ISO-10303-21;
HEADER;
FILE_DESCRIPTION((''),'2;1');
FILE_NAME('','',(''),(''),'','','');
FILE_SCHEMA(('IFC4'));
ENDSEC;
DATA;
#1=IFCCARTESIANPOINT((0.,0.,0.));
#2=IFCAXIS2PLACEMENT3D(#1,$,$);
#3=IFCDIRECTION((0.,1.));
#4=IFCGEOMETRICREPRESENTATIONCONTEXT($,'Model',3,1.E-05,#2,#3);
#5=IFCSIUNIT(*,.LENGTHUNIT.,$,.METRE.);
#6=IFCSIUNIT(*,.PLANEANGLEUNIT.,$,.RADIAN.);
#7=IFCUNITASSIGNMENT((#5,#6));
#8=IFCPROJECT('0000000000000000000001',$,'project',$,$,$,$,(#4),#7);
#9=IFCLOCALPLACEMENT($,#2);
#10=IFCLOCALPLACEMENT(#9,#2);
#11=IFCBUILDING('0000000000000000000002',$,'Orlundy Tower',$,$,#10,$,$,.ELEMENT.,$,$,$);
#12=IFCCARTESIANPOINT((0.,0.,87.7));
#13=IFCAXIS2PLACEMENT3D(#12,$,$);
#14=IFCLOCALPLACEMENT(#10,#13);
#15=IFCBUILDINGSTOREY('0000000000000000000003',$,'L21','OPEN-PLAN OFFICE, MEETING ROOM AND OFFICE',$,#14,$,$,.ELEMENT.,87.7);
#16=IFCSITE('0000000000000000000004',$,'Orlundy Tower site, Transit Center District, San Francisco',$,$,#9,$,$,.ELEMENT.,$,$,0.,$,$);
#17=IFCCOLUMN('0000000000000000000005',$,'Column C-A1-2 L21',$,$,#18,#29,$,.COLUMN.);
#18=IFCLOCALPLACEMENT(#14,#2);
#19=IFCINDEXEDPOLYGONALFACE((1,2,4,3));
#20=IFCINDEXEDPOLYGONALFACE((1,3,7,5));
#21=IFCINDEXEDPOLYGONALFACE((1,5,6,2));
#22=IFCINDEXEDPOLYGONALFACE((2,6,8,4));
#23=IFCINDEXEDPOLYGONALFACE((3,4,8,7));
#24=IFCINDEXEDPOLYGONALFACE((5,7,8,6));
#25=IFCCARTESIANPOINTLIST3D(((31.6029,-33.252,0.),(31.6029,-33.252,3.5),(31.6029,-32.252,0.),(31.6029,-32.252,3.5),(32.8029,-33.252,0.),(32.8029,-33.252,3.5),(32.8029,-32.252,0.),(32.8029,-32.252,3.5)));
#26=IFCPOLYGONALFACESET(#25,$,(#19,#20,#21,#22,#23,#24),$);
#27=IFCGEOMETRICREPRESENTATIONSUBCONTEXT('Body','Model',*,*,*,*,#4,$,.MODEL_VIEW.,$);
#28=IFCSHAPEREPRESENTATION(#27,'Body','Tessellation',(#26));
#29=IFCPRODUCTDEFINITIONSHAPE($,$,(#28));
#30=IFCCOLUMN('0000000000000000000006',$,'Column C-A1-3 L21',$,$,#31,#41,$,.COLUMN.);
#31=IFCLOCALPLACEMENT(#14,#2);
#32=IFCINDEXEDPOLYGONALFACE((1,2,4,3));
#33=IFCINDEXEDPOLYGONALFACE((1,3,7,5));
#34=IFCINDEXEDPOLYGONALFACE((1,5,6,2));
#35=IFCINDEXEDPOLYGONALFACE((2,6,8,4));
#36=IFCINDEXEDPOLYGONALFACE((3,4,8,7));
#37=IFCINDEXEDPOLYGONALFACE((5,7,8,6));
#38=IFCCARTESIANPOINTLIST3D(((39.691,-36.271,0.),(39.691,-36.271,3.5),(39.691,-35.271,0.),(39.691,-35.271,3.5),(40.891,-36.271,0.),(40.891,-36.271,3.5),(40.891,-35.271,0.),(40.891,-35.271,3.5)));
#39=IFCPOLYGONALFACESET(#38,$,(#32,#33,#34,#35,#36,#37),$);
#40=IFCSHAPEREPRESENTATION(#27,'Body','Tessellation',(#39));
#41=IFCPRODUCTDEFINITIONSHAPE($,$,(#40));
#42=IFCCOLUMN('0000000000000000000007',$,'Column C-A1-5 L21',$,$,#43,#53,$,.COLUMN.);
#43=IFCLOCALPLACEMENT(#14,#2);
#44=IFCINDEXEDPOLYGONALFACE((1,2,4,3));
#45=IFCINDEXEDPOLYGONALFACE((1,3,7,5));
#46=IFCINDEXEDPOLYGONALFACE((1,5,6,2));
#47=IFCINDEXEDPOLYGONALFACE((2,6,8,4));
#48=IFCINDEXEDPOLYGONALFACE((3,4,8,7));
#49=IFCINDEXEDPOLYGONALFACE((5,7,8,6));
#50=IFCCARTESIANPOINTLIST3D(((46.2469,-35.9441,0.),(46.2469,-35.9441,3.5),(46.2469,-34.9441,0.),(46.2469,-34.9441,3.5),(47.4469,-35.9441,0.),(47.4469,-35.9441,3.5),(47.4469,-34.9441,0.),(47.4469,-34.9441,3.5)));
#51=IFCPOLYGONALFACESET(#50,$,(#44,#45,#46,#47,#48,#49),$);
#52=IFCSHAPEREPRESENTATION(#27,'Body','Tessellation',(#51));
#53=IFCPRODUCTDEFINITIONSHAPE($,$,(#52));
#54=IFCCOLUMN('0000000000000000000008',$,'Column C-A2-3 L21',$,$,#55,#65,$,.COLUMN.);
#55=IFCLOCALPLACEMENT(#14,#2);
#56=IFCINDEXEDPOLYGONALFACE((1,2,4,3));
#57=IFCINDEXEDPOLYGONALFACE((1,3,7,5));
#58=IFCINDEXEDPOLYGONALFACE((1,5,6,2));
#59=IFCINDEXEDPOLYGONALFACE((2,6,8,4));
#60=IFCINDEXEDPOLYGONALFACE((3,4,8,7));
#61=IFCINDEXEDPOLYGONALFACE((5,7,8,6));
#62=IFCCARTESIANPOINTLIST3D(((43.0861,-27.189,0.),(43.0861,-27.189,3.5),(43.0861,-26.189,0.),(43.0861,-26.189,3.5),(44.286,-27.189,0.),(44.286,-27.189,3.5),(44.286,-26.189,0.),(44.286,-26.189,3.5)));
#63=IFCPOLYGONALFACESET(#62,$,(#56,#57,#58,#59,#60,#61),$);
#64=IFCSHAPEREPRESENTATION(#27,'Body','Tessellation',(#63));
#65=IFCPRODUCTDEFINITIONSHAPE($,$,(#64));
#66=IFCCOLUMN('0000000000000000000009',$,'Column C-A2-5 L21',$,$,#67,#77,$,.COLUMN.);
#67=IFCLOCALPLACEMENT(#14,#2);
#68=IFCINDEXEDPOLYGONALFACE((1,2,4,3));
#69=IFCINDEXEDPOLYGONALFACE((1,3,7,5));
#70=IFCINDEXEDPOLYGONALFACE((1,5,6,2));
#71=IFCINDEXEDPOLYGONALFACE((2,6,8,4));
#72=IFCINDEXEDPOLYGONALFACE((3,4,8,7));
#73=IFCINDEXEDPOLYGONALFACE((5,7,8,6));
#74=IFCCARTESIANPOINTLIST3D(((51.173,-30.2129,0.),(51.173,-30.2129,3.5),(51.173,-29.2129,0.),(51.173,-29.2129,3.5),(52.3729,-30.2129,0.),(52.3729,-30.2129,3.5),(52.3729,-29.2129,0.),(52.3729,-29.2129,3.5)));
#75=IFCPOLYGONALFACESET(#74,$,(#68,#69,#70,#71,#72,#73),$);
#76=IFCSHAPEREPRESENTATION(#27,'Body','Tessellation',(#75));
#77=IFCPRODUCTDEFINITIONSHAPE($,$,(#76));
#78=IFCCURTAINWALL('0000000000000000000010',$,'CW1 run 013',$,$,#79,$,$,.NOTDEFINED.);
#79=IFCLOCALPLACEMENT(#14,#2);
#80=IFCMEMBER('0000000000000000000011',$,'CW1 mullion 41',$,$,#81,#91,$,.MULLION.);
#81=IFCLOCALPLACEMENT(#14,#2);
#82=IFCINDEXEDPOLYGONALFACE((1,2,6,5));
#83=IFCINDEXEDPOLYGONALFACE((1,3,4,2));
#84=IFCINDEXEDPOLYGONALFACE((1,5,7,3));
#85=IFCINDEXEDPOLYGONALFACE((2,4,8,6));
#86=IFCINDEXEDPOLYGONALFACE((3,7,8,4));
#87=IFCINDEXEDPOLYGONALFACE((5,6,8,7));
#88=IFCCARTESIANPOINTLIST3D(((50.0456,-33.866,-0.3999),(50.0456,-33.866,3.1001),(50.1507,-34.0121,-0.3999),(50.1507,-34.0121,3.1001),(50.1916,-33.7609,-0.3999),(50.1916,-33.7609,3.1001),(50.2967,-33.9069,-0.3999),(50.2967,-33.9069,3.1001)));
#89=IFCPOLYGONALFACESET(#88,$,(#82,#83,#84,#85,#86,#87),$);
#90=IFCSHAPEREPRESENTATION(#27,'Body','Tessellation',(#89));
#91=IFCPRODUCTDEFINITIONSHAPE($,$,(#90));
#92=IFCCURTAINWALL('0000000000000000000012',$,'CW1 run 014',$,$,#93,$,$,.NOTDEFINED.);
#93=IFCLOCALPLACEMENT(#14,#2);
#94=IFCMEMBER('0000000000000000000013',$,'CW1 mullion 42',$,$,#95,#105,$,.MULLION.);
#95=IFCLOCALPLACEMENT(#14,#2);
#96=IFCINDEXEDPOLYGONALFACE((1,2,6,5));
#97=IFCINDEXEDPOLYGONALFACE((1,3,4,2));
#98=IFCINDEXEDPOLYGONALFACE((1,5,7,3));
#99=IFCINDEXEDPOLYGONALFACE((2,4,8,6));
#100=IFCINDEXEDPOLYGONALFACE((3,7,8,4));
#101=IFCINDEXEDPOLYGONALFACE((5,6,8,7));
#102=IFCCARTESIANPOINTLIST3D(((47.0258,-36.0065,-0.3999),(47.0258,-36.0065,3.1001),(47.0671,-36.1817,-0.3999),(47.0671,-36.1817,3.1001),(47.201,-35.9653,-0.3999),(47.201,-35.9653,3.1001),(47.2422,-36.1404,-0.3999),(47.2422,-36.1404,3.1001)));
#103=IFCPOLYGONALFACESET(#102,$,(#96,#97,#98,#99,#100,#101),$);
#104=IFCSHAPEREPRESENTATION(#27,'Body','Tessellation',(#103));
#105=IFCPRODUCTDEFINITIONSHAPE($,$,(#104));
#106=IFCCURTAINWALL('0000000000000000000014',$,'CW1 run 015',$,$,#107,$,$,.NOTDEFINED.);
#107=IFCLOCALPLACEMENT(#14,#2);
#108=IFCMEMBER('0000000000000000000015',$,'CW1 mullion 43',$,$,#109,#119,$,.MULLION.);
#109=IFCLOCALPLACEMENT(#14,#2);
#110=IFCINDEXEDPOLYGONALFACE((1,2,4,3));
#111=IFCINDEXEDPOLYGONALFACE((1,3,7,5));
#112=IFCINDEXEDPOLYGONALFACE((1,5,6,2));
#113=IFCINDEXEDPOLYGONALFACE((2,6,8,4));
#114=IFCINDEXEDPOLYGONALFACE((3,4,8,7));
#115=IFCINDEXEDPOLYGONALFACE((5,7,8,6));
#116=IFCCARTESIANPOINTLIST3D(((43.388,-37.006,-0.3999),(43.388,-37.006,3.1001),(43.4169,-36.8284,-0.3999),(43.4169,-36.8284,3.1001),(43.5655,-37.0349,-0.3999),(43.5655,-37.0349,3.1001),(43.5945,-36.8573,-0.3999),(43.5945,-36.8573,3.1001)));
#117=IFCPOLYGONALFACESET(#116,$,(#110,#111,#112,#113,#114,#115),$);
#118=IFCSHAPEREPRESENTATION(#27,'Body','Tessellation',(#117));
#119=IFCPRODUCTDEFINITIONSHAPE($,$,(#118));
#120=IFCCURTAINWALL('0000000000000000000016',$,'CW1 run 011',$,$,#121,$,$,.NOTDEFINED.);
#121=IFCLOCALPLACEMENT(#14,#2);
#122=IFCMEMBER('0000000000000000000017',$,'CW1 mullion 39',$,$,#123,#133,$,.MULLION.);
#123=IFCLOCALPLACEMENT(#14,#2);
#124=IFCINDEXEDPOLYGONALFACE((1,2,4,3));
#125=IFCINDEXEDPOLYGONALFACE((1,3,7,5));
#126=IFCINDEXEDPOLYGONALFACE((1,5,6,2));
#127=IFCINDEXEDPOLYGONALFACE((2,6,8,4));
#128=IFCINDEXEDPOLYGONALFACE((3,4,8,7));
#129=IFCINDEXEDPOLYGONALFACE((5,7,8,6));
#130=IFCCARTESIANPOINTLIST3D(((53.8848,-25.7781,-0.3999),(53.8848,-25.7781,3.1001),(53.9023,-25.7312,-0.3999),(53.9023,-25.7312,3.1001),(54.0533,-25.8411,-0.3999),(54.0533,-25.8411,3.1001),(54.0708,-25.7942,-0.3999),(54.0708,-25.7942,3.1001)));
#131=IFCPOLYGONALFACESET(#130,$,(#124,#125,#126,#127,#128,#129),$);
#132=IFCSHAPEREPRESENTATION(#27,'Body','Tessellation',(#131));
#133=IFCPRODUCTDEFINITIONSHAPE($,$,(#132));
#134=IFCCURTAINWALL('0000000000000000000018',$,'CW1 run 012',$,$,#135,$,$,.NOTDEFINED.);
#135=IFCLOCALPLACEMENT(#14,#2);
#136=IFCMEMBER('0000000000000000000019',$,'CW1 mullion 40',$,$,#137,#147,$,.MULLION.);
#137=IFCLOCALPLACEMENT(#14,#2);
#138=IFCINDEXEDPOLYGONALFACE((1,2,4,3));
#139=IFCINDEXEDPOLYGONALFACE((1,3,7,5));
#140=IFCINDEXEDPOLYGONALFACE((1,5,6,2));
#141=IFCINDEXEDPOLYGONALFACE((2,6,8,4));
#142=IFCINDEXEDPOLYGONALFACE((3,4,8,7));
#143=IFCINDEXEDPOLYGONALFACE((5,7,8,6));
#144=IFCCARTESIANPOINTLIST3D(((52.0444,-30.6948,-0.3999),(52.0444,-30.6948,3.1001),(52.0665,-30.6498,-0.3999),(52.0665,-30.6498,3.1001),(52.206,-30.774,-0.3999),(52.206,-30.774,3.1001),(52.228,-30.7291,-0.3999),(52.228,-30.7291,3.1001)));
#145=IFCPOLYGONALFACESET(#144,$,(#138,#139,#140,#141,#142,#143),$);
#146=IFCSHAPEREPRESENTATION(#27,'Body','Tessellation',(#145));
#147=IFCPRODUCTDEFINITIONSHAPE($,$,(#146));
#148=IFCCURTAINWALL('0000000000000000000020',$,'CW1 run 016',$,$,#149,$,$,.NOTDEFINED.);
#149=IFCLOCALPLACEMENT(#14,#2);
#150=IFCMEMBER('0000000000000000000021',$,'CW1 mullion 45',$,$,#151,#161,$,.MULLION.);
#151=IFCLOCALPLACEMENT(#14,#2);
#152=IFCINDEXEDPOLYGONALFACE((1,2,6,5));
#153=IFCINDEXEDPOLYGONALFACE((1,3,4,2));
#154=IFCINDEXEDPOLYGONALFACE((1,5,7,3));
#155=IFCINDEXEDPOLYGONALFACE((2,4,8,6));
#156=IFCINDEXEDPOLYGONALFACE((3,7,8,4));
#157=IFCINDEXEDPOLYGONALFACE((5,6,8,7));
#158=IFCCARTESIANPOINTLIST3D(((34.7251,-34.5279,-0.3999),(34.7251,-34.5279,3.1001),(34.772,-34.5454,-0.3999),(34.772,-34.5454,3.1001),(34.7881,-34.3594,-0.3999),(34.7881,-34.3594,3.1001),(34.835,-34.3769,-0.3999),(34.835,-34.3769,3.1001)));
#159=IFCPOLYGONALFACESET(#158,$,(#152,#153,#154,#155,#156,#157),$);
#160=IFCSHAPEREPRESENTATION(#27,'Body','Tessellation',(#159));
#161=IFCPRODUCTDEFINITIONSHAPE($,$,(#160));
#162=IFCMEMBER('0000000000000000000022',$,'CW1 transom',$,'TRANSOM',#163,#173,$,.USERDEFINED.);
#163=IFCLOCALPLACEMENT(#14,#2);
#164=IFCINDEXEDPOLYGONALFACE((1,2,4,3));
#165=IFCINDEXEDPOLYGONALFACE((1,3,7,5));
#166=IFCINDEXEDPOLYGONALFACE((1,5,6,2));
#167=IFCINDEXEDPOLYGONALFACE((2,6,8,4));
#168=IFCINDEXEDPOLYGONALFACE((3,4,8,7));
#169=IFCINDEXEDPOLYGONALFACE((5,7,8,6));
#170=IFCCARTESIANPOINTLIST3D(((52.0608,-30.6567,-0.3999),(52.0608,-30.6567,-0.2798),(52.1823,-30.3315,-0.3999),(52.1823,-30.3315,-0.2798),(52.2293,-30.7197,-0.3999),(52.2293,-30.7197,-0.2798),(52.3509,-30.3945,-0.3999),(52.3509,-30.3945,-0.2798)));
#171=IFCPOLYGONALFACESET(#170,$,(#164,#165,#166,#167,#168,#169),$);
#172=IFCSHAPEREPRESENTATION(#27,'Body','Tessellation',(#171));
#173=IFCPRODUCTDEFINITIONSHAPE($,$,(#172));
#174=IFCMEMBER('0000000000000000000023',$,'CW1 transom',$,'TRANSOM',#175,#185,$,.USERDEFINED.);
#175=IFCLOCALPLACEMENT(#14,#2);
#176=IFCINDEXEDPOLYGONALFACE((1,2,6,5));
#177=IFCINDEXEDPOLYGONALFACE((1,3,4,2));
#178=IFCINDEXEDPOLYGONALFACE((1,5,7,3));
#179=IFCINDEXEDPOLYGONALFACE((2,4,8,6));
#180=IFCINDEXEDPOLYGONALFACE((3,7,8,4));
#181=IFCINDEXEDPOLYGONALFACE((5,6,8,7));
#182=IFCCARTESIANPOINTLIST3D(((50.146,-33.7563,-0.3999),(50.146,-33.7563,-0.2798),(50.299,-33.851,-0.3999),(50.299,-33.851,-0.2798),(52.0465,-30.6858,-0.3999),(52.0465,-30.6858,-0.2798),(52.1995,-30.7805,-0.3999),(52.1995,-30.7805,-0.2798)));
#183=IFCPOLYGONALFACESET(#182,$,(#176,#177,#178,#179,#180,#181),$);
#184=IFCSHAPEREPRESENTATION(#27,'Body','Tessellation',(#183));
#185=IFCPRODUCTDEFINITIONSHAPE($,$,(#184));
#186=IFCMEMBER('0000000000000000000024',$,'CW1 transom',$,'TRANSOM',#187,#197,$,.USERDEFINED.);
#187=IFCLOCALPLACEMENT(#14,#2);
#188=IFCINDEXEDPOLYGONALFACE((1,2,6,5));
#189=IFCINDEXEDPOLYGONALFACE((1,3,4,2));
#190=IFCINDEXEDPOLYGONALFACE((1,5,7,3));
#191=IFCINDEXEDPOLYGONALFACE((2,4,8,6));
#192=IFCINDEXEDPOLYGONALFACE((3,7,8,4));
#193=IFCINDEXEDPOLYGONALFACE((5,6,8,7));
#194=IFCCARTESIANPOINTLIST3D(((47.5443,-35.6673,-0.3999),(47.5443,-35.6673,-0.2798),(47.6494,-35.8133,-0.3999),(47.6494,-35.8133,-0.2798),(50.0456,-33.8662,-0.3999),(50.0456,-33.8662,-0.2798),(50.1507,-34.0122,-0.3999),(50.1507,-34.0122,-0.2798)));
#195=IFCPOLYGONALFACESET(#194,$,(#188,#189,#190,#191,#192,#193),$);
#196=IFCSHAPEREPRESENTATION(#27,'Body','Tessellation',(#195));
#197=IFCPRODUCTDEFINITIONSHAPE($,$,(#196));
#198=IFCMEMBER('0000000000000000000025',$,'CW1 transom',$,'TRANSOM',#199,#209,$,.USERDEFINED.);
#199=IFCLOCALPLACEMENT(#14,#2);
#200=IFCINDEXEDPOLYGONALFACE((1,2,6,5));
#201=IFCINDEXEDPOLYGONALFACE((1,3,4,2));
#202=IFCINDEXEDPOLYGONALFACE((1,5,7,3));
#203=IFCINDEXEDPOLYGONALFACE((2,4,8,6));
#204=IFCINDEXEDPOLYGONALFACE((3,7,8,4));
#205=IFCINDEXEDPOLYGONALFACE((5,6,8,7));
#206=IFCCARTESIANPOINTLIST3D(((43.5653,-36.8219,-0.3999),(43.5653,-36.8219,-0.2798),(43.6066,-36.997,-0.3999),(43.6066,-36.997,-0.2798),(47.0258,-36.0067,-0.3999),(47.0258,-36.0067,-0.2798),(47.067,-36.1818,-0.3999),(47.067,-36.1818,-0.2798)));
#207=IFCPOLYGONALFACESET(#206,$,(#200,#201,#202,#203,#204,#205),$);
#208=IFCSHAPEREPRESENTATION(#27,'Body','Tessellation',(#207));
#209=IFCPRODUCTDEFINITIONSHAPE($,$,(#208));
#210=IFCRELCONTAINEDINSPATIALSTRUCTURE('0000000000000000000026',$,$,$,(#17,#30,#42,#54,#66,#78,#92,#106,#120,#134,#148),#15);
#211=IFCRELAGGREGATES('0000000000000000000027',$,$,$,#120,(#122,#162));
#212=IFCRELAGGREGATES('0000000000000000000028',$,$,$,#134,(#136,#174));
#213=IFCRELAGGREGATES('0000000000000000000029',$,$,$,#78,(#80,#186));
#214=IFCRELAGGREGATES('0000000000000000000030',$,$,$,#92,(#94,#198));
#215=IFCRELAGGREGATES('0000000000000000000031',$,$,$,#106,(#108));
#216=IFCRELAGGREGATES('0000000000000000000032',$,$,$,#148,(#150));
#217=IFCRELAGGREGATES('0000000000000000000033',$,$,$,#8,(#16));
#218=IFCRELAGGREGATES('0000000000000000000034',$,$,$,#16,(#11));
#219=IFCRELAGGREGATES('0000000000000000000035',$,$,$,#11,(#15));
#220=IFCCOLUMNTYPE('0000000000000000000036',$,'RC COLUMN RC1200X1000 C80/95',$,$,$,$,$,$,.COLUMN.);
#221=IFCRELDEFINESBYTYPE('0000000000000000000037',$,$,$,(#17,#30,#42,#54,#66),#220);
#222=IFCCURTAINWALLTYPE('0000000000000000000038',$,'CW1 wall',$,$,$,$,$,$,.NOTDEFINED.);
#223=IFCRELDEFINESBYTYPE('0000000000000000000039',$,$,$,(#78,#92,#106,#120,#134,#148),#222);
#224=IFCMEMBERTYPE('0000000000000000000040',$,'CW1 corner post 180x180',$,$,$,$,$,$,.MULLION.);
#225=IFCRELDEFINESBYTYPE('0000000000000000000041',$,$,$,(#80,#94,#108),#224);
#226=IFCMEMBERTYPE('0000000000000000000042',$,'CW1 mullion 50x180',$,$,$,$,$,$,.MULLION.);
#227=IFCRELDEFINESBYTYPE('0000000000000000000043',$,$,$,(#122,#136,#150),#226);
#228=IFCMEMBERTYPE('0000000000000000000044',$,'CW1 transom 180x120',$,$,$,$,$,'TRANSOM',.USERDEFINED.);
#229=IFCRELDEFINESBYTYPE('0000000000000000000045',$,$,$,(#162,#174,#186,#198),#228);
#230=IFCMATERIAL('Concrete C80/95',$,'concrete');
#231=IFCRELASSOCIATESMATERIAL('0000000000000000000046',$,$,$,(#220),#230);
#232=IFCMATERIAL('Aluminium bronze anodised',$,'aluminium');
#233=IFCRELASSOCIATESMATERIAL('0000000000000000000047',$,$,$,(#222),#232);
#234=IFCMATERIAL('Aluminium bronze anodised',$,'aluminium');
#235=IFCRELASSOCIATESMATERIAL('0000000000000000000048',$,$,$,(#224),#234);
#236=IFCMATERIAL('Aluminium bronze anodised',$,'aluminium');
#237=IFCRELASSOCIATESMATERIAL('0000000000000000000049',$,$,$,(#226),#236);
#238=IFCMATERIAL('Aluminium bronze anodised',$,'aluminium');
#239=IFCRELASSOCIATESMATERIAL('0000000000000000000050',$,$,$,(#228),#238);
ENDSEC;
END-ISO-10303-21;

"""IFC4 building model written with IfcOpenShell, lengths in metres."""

from ifc_helpers import new_model, si_unit, direction, frame, origin, origin_2d, place, context, subcontext, project, spatial, rectangle, extrude, material, material_profile, profile_set, type_object, element, aggregate, save


model = new_model("IFC4")

# Units and contexts
model_context = context("Model", 3, precision=1e-05, world=origin(), true_north=direction((0.0, 1.0)))
body_context = subcontext(model_context, "Body", "Model", "MODEL_VIEW")
ifc_project = project(units=[si_unit("LENGTHUNIT", "METRE"), si_unit("PLANEANGLEUNIT", "RADIAN")], contexts=[model_context])

# Site, building, storey
site_placement = place(None, origin())
site = spatial("IfcSite", under=ifc_project, at=site_placement, Name="Orlundy Tower site, Transit Center District, San Francisco", CompositionType="ELEMENT", RefElevation=0.0)
building_placement = place(site_placement, origin())
building = spatial("IfcBuilding", under=site, at=building_placement, Name="Orlundy Tower", CompositionType="ELEMENT")
storey_placement = place(building_placement, frame((0.0, 0.0, 87.7)))
storey = spatial("IfcBuildingStorey", under=building, at=storey_placement, Name="L21", Description="OPEN-PLAN OFFICE, MEETING ROOM AND OFFICE", CompositionType="ELEMENT", Elevation=87.7)

# Columns
ifc_material_1 = material(Name="Concrete C80/95", Category="concrete")
ifc_material_profile_1 = material_profile(ifc_material_1, rectangle(XDim=1.2, YDim=1.0, at=origin_2d()), Name="RC1200X1000")
ifc_profile_set_1 = profile_set([ifc_material_profile_1], Name="Concrete C80/95")
column_type = type_object("IfcColumnType", Name="RC COLUMN RC1200X1000 C80/95", PredefinedType="COLUMN", material=ifc_profile_set_1)
for number, where, z_axis, x_axis, name in (
    (1, (32.2029, -32.752, 0.0), (0.0, 0.0, 1.0), (1.0, 0.0, 0.0), "Column C-A1-2 L21"),
    (2, (40.291, -35.771, 0.0), (0.0, 0.0, 1.0), (1.0, 0.0, 0.0), "Column C-A1-3 L21"),
    (3, (46.8469, -35.4441, 0.0), (0.0, 0.0, 1.0), (1.0, 0.0, 0.0), "Column C-A1-5 L21"),
    (4, (43.686, -26.689, 0.0), (0.0, 0.0, 1.0), (1.0, 0.0, 0.0), "Column C-A2-3 L21"),
    (5, (51.7729, -29.7129, 0.0), (0.0, 0.0, 1.0), (1.0, 0.0, 0.0), "Column C-A2-5 L21"),
):
    element("IfcColumn", number, at=place(storey_placement, frame(where, z_axis=z_axis, x_axis=x_axis)), inside=storey, type_object=column_type, Name=name, PredefinedType="COLUMN", context=body_context, shape_type="SweptSolid", body=[
        extrude(rectangle(XDim=1.2, YDim=1.0, at=origin_2d()), origin(), (0.0, 0.0, 1.0), 3.5),
    ])

# Curtain walls, members
ifc_material_2 = material(Name="Aluminium bronze anodised", Category="aluminium")
curtain_wall_type = type_object("IfcCurtainWallType", Name="CW1 wall", PredefinedType="NOTDEFINED", material=ifc_material_2)
curtain_wall_1_placement = place(storey_placement, origin())
curtain_wall_1 = element("IfcCurtainWall", 6, at=curtain_wall_1_placement, inside=storey, type_object=curtain_wall_type, Name="CW1 run 013", PredefinedType="NOTDEFINED")
ifc_material_3 = material(Name="Aluminium bronze anodised", Category="aluminium")
ifc_material_profile_2 = material_profile(ifc_material_3, rectangle(XDim=0.1799, YDim=0.1799, at=origin_2d()), Name="CW1 corner post 180x180")
ifc_profile_set_2 = profile_set([ifc_material_profile_2], Name="Aluminium bronze anodised")
member_type_1 = type_object("IfcMemberType", Name="CW1 corner post 180x180", PredefinedType="MULLION", material=ifc_profile_set_2)
member_1_placement = place(storey_placement, frame((50.1711, -33.8865, -0.3999), z_axis=(0.0, 0.0, 1.0), x_axis=(0.584347, -0.811504, 0.0)))
member_1 = element("IfcMember", 7, at=member_1_placement, type_object=member_type_1, Name="CW1 mullion 41", PredefinedType="MULLION", context=body_context, shape_type="SweptSolid", body=[
    extrude(rectangle(XDim=0.1799, YDim=0.1799, at=origin_2d()), origin(), (0.0, 0.0, 1.0), 3.5),
])
curtain_wall_2_placement = place(storey_placement, origin())
curtain_wall_2 = element("IfcCurtainWall", 8, at=curtain_wall_2_placement, inside=storey, type_object=curtain_wall_type, Name="CW1 run 014", PredefinedType="NOTDEFINED")
member_2_placement = place(storey_placement, frame((47.134, -36.0735, -0.3999), z_axis=(0.0, 0.0, 1.0), x_axis=(0.22931, -0.973353, 0.0)))
member_2 = element("IfcMember", 9, at=member_2_placement, type_object=member_type_1, Name="CW1 mullion 42", PredefinedType="MULLION", context=body_context, shape_type="SweptSolid", body=[
    extrude(rectangle(XDim=0.1799, YDim=0.1799, at=origin_2d()), origin(), (0.0, 0.0, 1.0), 3.5),
])
curtain_wall_3_placement = place(storey_placement, origin())
curtain_wall_3 = element("IfcCurtainWall", 10, at=curtain_wall_3_placement, inside=storey, type_object=curtain_wall_type, Name="CW1 run 015", PredefinedType="NOTDEFINED")
member_3_placement = place(storey_placement, frame((43.4912, -36.9316, -0.3999), z_axis=(0.0, 0.0, 1.0), x_axis=(-0.160767, -0.986992, 0.0)))
member_3 = element("IfcMember", 11, at=member_3_placement, type_object=member_type_1, Name="CW1 mullion 43", PredefinedType="MULLION", context=body_context, shape_type="SweptSolid", body=[
    extrude(rectangle(XDim=0.1799, YDim=0.1799, at=origin_2d()), origin(), (0.0, 0.0, 1.0), 3.5),
])
curtain_wall_4_placement = place(storey_placement, origin())
curtain_wall_4 = element("IfcCurtainWall", 12, at=curtain_wall_4_placement, inside=storey, type_object=curtain_wall_type, Name="CW1 run 011", PredefinedType="NOTDEFINED")
ifc_material_4 = material(Name="Aluminium bronze anodised", Category="aluminium")
ifc_material_profile_3 = material_profile(ifc_material_4, rectangle(XDim=0.1799, YDim=0.05, at=origin_2d()), Name="CW1 mullion 50x180")
ifc_profile_set_3 = profile_set([ifc_material_profile_3], Name="Aluminium bronze anodised")
member_type_2 = type_object("IfcMemberType", Name="CW1 mullion 50x180", PredefinedType="MULLION", material=ifc_profile_set_3)
member_4_placement = place(storey_placement, frame((53.9778, -25.7861, -0.3999), z_axis=(0.0, 0.0, 1.0), x_axis=(0.936677, -0.350194, 0.0)))
member_4 = element("IfcMember", 13, at=member_4_placement, type_object=member_type_2, Name="CW1 mullion 39", PredefinedType="MULLION", context=body_context, shape_type="SweptSolid", body=[
    extrude(rectangle(XDim=0.1799, YDim=0.05, at=origin_2d()), origin(), (0.0, 0.0, 1.0), 3.5),
])
curtain_wall_5_placement = place(storey_placement, origin())
curtain_wall_5 = element("IfcCurtainWall", 14, at=curtain_wall_5_placement, inside=storey, type_object=curtain_wall_type, Name="CW1 run 012", PredefinedType="NOTDEFINED")
member_5_placement = place(storey_placement, frame((52.1362, -30.7119, -0.3999), z_axis=(0.0, 0.0, 1.0), x_axis=(0.897814, -0.440374, 0.0)))
member_5 = element("IfcMember", 15, at=member_5_placement, type_object=member_type_2, Name="CW1 mullion 40", PredefinedType="MULLION", context=body_context, shape_type="SweptSolid", body=[
    extrude(rectangle(XDim=0.1799, YDim=0.05, at=origin_2d()), origin(), (0.0, 0.0, 1.0), 3.5),
])
curtain_wall_6_placement = place(storey_placement, origin())
curtain_wall_6 = element("IfcCurtainWall", 16, at=curtain_wall_6_placement, inside=storey, type_object=curtain_wall_type, Name="CW1 run 016", PredefinedType="NOTDEFINED")
member_6_placement = place(storey_placement, frame((34.78, -34.4524, -0.3999), z_axis=(0.0, 0.0, 1.0), x_axis=(-0.350219, -0.936668, 0.0)))
member_6 = element("IfcMember", 17, at=member_6_placement, type_object=member_type_2, Name="CW1 mullion 45", PredefinedType="MULLION", context=body_context, shape_type="SweptSolid", body=[
    extrude(rectangle(XDim=0.1799, YDim=0.05, at=origin_2d()), origin(), (0.0, 0.0, 1.0), 3.5),
])

# Members
ifc_material_5 = material(Name="Aluminium bronze anodised", Category="aluminium")
ifc_material_profile_4 = material_profile(ifc_material_5, rectangle(XDim=0.1799, YDim=0.1201, at=origin_2d()), Name="CW1 transom 180x120")
ifc_profile_set_4 = profile_set([ifc_material_profile_4], Name="Aluminium bronze anodised")
member_type_3 = type_object("IfcMemberType", Name="CW1 transom 180x120", ElementType="TRANSOM", PredefinedType="USERDEFINED", material=ifc_profile_set_4)
member_7_placement = place(storey_placement, frame((52.2666, -30.363, -0.3398), z_axis=(-0.350199, -0.936676, 0.0), x_axis=(0.936676, -0.350199, 0.0)))
member_7 = element("IfcMember", 18, at=member_7_placement, type_object=member_type_3, Name="CW1 transom", ObjectType="TRANSOM", PredefinedType="USERDEFINED", context=body_context, shape_type="SweptSolid", body=[
    extrude(rectangle(XDim=0.1799, YDim=0.1201, at=origin_2d()), origin(), (0.0, 0.0, 1.0), 0.3472),
])
member_8_placement = place(storey_placement, frame((52.123, -30.7332, -0.3398), z_axis=(-0.526317, -0.850288, 0.0), x_axis=(0.850288, -0.526317, 0.0)))
member_8 = element("IfcMember", 19, at=member_8_placement, type_object=member_type_3, Name="CW1 transom", ObjectType="TRANSOM", PredefinedType="USERDEFINED", context=body_context, shape_type="SweptSolid", body=[
    extrude(rectangle(XDim=0.1799, YDim=0.1201, at=origin_2d()), origin(), (0.0, 0.0, 1.0), 3.6111),
])
member_9_placement = place(storey_placement, frame((50.0981, -33.9392, -0.3398), z_axis=(-0.811512, -0.584336, 0.0), x_axis=(0.584336, -0.811512, 0.0)))
member_9 = element("IfcMember", 20, at=member_9_placement, type_object=member_type_3, Name="CW1 transom", ObjectType="TRANSOM", PredefinedType="USERDEFINED", context=body_context, shape_type="SweptSolid", body=[
    extrude(rectangle(XDim=0.1799, YDim=0.1201, at=origin_2d()), origin(), (0.0, 0.0, 1.0), 3.0823),
])
member_10_placement = place(storey_placement, frame((47.0464, -36.0942, -0.3398), z_axis=(-0.973357, -0.229296, 0.0), x_axis=(0.229296, -0.973357, 0.0)))
member_10 = element("IfcMember", 21, at=member_10_placement, type_object=member_type_3, Name="CW1 transom", ObjectType="TRANSOM", PredefinedType="USERDEFINED", context=body_context, shape_type="SweptSolid", body=[
    extrude(rectangle(XDim=0.1799, YDim=0.1201, at=origin_2d()), origin(), (0.0, 0.0, 1.0), 3.5552),
])

aggregate(curtain_wall_4, [member_4, member_7])
aggregate(curtain_wall_5, [member_5, member_8])
aggregate(curtain_wall_1, [member_1, member_9])
aggregate(curtain_wall_2, [member_2, member_10])
aggregate(curtain_wall_3, [member_3])
aggregate(curtain_wall_6, [member_6])

save(model, "model.ifc")
